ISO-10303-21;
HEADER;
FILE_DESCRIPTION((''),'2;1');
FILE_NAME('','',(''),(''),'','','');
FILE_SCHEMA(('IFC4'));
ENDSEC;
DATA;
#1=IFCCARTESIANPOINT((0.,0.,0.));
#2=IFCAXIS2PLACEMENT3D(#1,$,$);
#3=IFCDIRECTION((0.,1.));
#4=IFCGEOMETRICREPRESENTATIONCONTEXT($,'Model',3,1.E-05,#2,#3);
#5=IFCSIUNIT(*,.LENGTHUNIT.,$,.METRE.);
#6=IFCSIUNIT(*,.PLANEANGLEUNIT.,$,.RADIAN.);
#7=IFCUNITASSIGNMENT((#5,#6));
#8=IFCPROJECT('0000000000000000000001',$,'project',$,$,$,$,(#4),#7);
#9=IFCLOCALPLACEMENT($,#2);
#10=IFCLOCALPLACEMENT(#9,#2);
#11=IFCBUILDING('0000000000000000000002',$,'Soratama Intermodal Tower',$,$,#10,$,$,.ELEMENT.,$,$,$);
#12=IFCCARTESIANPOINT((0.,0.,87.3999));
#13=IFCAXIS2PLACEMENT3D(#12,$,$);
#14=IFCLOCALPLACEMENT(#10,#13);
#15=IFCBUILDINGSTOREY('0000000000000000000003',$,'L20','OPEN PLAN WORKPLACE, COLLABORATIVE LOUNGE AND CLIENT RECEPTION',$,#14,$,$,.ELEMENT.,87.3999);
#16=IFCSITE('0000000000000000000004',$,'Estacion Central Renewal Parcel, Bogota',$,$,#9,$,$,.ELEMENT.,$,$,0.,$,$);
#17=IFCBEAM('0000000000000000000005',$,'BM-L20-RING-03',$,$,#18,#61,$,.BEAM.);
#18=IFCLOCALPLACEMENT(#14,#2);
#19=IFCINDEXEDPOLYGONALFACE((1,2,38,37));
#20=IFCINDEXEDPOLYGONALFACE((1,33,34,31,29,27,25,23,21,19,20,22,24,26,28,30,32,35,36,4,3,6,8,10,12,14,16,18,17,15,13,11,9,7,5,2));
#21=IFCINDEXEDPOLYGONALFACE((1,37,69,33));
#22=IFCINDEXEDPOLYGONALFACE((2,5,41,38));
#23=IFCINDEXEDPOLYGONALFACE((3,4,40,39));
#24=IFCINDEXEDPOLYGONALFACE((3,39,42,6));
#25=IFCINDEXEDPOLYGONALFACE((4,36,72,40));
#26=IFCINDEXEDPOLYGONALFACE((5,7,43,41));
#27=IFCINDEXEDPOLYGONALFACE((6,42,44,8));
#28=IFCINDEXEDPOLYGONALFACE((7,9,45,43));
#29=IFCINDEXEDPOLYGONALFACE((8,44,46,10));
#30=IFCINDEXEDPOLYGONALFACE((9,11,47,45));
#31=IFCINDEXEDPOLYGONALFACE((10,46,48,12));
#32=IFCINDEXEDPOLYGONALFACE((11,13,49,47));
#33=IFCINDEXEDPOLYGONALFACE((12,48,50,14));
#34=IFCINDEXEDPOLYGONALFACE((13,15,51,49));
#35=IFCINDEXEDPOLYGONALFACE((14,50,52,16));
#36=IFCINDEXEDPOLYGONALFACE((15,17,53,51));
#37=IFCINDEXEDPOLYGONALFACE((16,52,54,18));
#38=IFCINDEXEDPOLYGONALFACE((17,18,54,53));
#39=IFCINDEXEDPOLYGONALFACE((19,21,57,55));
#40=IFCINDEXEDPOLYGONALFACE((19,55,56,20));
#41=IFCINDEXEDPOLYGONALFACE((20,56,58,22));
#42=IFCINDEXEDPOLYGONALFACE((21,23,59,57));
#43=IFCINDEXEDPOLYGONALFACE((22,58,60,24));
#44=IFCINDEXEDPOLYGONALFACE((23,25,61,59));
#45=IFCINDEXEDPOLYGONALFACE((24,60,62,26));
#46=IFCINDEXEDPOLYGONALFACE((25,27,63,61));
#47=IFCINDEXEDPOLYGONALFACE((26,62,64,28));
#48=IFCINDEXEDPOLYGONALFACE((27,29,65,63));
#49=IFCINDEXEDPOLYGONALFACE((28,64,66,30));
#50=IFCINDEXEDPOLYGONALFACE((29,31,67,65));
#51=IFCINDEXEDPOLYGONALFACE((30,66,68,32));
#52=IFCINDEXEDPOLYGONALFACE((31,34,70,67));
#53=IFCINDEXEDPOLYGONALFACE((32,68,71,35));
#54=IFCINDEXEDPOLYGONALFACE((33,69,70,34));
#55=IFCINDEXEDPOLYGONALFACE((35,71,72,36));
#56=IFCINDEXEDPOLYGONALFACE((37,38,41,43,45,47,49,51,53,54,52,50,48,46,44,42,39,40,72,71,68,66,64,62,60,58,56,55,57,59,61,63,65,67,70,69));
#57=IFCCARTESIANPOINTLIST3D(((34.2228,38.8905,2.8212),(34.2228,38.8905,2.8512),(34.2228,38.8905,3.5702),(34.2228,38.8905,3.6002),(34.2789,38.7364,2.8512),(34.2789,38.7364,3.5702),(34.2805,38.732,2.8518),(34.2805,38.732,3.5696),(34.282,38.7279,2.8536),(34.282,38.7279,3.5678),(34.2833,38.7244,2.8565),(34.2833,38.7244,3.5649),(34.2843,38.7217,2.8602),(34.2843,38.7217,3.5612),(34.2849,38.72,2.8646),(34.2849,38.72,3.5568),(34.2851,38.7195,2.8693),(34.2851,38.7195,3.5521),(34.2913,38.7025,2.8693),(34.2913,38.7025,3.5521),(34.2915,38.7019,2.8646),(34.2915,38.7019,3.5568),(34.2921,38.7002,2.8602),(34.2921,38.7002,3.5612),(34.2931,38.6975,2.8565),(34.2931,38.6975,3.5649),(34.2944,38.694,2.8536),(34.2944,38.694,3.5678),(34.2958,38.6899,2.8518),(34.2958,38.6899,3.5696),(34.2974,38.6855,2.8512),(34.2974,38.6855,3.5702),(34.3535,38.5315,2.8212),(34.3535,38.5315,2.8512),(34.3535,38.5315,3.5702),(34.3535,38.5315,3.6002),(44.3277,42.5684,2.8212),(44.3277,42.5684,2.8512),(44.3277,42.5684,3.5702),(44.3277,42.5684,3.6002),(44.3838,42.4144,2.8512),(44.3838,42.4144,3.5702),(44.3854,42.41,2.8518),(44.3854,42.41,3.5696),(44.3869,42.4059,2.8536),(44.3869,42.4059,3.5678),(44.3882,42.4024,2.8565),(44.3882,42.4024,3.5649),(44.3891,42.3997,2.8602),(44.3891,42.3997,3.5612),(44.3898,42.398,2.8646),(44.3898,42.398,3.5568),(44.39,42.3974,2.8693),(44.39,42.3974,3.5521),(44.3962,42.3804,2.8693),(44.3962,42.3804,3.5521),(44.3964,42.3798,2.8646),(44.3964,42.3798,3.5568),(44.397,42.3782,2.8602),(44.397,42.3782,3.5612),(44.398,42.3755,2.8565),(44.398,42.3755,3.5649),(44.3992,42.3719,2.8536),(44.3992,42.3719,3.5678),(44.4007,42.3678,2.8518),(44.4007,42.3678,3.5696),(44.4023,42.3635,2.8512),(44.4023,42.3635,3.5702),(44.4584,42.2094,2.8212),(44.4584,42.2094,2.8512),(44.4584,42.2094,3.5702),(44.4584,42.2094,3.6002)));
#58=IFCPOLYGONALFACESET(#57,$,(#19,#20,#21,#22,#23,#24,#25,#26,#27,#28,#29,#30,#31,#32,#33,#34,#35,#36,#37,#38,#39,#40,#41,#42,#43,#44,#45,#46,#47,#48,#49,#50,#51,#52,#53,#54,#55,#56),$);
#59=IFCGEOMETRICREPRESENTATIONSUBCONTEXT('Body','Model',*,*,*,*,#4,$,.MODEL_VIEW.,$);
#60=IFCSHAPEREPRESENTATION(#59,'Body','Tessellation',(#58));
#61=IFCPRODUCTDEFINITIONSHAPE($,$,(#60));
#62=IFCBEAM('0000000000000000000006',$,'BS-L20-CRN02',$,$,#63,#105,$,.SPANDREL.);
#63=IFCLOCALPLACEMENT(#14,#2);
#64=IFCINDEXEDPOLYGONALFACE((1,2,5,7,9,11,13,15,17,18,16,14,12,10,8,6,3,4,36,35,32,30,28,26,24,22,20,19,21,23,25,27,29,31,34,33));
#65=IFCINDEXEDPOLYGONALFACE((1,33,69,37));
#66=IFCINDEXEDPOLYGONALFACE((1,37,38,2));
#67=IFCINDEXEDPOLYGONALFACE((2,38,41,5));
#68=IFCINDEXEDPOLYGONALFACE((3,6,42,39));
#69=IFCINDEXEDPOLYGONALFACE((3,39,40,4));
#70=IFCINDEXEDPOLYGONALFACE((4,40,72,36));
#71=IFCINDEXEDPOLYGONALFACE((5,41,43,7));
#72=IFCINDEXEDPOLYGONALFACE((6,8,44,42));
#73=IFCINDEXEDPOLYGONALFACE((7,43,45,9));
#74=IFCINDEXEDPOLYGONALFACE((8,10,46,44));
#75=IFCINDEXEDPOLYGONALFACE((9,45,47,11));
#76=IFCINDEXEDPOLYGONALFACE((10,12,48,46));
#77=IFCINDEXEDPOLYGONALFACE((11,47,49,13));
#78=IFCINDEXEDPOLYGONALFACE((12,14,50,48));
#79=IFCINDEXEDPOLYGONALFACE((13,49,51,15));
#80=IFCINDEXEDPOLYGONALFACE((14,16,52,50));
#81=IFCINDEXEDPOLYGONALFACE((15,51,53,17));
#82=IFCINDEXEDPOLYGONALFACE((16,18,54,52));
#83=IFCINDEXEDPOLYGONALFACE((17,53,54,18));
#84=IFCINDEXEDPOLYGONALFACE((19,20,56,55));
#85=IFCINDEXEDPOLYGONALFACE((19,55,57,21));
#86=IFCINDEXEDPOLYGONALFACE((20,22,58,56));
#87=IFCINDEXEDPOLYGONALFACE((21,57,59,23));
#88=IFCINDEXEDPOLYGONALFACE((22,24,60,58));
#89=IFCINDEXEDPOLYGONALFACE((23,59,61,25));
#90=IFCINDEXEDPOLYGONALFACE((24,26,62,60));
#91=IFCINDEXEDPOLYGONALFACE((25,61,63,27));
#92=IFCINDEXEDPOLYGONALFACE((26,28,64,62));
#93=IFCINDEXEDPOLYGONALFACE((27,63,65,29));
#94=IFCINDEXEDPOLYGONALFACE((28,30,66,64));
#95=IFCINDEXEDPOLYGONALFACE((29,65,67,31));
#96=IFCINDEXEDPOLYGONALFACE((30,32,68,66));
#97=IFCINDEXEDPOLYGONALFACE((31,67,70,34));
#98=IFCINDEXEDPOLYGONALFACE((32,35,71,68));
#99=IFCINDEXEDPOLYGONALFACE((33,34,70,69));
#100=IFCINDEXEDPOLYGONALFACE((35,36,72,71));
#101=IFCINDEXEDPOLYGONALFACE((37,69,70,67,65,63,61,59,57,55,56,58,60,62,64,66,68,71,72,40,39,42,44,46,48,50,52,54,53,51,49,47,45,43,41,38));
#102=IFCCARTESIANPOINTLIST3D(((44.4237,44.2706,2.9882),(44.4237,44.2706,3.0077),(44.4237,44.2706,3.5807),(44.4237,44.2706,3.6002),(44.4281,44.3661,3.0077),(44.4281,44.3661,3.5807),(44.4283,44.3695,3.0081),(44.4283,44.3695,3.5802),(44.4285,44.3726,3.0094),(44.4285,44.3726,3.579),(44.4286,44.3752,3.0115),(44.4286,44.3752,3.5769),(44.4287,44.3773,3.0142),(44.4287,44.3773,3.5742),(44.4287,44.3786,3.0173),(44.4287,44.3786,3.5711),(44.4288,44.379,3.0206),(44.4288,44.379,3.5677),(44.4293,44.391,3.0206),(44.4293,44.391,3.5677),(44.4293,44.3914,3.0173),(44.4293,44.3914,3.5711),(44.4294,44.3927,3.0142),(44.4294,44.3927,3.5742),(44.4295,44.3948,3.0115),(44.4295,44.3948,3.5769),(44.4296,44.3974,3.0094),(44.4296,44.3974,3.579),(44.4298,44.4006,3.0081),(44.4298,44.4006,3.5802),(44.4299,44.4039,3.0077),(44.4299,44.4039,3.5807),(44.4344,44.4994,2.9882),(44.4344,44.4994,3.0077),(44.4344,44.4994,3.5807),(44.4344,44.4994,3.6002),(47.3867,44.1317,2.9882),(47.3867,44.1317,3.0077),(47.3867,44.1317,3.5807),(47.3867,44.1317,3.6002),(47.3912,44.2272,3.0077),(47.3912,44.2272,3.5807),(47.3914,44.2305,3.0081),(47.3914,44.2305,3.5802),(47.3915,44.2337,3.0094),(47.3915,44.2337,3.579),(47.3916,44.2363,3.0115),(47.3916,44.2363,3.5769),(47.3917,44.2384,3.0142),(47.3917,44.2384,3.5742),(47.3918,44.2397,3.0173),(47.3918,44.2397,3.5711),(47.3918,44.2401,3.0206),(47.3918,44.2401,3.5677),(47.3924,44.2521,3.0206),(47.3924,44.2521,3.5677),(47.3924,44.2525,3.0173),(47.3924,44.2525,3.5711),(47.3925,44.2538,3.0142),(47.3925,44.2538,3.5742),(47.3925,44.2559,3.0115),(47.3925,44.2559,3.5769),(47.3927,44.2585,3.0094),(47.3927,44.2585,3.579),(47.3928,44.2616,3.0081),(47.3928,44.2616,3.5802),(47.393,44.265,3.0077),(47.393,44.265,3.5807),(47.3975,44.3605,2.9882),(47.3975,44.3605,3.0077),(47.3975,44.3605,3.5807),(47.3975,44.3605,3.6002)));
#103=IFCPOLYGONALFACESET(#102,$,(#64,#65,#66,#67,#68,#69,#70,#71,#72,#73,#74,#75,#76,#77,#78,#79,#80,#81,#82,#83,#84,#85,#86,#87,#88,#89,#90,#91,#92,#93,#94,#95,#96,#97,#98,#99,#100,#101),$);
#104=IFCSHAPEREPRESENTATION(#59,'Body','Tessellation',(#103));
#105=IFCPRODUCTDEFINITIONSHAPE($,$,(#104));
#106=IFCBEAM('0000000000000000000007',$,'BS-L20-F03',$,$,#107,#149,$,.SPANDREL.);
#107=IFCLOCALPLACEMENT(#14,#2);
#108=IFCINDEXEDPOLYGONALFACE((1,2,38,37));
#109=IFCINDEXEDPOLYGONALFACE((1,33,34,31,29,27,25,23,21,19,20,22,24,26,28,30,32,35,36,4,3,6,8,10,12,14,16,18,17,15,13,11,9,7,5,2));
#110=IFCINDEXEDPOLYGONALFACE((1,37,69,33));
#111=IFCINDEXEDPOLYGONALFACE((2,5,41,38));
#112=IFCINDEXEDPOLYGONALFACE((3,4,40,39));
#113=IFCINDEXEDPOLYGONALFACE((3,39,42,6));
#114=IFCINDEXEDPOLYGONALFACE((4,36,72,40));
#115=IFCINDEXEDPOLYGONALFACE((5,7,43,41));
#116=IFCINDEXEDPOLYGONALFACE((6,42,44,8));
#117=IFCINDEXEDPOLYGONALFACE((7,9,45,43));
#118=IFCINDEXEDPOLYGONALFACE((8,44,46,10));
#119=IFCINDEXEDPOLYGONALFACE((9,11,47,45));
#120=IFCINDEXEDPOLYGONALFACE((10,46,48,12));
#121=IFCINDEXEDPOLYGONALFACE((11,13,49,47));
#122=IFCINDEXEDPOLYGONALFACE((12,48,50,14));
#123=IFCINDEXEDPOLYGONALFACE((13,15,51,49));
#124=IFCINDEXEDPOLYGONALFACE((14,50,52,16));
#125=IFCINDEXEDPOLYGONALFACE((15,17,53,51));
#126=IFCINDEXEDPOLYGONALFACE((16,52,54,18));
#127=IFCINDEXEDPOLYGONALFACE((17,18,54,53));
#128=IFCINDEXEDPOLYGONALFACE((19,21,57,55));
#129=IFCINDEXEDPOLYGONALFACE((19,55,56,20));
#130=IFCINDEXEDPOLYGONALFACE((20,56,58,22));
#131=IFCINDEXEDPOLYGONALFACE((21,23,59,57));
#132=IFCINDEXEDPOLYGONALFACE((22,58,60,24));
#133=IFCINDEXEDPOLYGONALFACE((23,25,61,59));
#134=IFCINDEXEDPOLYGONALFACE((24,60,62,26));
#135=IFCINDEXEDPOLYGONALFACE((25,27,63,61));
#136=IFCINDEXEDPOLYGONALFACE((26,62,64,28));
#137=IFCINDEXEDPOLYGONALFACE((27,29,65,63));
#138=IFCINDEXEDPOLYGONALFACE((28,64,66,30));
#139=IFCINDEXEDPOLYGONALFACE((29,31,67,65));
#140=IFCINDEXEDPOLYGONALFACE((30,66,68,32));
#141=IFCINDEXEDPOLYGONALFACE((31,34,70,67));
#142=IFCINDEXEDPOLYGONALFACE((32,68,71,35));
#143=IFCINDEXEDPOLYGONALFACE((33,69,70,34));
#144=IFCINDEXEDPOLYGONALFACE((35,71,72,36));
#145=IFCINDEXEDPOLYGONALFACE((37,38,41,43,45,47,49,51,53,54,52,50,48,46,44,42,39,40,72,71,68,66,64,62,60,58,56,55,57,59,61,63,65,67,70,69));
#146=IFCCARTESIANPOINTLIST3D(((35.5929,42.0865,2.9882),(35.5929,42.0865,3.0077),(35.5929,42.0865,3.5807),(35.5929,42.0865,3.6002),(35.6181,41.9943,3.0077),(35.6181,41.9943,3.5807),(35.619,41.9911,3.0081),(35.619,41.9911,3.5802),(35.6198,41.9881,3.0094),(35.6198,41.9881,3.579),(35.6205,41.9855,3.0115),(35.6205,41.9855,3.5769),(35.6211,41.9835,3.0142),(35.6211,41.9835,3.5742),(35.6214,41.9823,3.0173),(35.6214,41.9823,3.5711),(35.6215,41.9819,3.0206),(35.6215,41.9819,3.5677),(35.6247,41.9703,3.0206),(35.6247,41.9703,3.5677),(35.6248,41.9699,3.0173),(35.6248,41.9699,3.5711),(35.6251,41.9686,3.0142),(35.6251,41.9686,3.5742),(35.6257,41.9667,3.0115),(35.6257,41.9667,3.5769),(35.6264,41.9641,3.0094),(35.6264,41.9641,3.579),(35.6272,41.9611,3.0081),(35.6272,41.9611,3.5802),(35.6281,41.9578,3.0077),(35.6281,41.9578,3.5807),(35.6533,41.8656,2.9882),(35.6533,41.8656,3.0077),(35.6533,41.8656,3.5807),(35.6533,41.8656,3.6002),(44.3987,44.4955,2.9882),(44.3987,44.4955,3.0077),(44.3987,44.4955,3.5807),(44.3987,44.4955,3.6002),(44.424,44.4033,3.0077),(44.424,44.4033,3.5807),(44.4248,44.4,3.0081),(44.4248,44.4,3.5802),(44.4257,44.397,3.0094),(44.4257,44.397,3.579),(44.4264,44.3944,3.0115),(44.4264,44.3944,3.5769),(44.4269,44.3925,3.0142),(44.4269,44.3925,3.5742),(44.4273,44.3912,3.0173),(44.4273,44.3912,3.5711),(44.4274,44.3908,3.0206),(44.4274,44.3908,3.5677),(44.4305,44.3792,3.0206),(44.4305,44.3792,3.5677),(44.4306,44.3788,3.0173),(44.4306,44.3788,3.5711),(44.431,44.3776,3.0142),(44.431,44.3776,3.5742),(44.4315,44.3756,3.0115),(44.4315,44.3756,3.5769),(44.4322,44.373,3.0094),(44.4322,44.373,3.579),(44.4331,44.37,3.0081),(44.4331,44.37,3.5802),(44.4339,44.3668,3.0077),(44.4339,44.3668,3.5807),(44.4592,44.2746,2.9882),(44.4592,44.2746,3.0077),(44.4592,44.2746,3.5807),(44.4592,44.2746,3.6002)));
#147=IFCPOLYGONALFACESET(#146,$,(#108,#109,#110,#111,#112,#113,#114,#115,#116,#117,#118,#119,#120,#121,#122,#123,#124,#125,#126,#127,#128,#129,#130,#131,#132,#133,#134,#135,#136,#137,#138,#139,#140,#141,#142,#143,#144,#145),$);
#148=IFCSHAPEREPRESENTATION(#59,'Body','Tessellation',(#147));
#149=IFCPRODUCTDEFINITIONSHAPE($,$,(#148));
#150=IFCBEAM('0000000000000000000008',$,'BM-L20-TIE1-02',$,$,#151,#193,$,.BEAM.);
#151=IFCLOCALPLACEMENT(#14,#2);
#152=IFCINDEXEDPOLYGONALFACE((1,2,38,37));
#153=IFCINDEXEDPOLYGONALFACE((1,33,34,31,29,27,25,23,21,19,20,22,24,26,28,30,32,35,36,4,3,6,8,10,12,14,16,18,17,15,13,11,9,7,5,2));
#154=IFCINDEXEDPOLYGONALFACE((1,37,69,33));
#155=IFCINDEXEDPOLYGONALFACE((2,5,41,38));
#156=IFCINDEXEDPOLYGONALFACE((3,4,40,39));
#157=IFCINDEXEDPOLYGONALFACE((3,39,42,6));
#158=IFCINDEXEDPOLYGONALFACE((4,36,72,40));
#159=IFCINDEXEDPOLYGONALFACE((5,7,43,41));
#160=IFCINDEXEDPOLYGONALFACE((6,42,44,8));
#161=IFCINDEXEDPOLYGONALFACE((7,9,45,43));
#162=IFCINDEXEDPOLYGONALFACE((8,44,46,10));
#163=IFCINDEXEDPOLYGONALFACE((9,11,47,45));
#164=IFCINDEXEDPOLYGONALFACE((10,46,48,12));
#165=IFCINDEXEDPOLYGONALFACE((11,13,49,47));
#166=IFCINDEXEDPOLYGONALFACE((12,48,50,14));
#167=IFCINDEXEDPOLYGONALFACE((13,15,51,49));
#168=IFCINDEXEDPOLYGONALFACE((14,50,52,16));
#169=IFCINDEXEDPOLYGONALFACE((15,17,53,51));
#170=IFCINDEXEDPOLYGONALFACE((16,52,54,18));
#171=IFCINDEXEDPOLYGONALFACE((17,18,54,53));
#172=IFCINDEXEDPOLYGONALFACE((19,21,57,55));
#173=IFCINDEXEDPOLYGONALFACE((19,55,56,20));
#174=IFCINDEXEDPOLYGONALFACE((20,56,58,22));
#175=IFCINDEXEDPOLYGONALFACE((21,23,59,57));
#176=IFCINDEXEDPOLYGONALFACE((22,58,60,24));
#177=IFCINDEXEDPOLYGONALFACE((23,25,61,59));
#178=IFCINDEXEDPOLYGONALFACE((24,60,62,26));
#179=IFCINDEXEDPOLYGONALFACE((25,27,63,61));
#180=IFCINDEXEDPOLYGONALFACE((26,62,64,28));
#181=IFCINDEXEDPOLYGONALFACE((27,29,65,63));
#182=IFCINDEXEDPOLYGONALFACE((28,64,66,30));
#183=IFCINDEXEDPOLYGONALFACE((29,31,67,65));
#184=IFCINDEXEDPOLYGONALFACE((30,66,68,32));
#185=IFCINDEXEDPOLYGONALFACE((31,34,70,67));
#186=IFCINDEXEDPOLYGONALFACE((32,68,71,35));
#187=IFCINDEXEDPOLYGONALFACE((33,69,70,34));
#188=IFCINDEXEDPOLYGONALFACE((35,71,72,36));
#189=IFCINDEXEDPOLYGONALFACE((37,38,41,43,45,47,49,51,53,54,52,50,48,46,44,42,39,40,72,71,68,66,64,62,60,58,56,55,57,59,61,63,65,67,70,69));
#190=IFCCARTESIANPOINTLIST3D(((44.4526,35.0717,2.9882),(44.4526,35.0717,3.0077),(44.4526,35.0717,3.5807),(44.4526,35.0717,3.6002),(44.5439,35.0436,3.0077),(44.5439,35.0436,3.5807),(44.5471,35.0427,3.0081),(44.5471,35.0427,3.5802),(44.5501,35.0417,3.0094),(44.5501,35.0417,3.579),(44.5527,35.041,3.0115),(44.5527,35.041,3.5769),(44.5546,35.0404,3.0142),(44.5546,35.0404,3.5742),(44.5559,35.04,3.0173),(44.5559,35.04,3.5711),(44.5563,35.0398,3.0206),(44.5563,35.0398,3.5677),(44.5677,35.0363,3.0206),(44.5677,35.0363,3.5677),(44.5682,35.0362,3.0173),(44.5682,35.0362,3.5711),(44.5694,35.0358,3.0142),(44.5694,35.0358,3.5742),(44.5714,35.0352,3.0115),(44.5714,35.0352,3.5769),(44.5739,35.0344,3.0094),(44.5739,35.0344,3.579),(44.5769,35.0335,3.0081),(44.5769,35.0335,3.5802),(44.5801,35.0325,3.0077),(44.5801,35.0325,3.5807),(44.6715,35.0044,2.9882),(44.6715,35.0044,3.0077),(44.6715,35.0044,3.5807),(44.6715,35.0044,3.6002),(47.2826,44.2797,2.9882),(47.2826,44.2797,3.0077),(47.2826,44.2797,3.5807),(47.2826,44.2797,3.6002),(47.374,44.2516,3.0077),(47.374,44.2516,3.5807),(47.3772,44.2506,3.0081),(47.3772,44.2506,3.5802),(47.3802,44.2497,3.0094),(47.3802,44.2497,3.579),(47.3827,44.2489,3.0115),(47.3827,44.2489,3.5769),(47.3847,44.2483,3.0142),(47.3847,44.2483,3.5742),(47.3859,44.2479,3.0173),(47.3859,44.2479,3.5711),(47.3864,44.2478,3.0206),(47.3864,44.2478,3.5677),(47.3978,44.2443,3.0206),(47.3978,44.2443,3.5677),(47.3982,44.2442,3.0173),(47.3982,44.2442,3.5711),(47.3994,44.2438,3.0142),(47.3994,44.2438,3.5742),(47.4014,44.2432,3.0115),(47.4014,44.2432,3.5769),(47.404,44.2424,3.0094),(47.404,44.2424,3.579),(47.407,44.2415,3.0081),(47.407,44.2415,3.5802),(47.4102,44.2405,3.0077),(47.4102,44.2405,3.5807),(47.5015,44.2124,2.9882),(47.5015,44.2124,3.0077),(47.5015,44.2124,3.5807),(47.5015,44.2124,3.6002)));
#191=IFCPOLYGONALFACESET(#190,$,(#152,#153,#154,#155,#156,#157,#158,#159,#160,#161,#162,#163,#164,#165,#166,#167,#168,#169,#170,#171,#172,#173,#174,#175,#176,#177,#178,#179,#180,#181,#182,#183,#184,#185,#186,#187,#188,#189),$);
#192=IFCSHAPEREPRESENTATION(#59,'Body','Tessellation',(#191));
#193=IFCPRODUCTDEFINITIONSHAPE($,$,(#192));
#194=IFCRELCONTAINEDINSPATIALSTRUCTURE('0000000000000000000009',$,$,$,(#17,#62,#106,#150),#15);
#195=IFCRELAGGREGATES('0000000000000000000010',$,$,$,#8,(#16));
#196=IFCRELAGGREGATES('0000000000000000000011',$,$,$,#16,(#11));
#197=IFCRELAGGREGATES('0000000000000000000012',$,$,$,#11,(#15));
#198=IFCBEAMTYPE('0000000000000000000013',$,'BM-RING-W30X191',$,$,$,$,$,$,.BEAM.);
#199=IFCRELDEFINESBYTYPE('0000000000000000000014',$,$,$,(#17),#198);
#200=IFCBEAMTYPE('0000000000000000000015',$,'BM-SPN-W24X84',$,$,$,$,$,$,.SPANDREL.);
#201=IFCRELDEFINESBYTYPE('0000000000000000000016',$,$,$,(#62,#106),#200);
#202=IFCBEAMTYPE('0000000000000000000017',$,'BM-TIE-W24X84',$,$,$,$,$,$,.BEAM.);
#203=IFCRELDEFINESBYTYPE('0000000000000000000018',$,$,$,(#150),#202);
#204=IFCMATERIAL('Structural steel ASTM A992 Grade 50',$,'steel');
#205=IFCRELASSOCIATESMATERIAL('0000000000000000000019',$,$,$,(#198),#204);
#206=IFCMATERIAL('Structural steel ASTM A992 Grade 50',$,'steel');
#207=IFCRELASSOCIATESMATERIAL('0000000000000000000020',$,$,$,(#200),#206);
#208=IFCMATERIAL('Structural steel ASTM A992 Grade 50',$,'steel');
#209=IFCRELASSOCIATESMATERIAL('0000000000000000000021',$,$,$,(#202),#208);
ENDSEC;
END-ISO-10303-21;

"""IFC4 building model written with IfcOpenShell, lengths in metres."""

from ifc_helpers import new_model, si_unit, direction, frame, origin, origin_2d, place, context, subcontext, project, spatial, i_section, extrude, material, material_profile, profile_set, type_object, element, save


model = new_model("IFC4")

# Units and contexts
model_context = context("Model", 3, precision=1e-05, world=origin(), true_north=direction((0.0, 1.0)))
body_context = subcontext(model_context, "Body", "Model", "MODEL_VIEW")
ifc_project = project(units=[si_unit("LENGTHUNIT", "METRE"), si_unit("PLANEANGLEUNIT", "RADIAN")], contexts=[model_context])

# Site, building, storey
site_placement = place(None, origin())
site = spatial("IfcSite", under=ifc_project, at=site_placement, Name="Estacion Central Renewal Parcel, Bogota", CompositionType="ELEMENT", RefElevation=0.0)
building_placement = place(site_placement, origin())
building = spatial("IfcBuilding", under=site, at=building_placement, Name="Soratama Intermodal Tower", CompositionType="ELEMENT")
storey_placement = place(building_placement, frame((0.0, 0.0, 87.3999)))
storey = spatial("IfcBuildingStorey", under=building, at=storey_placement, Name="L20", Description="OPEN PLAN WORKPLACE, COLLABORATIVE LOUNGE AND CLIENT RECEPTION", CompositionType="ELEMENT", Elevation=87.3999)

# Beams
ifc_material_1 = material(Name="Structural steel ASTM A992 Grade 50", Category="steel")
ifc_material_profile_1 = material_profile(ifc_material_1, i_section(OverallWidth=0.3821, OverallDepth=0.7791, WebThickness=0.0181, FlangeThickness=0.03, FilletRadius=0.0181, at=origin_2d()), Name="W30X191")
ifc_profile_set_1 = profile_set([ifc_material_profile_1], Name="Structural steel ASTM A992 Grade 50")
beam_type_1 = type_object("IfcBeamType", Name="BM-RING-W30X191", PredefinedType="BEAM", material=ifc_profile_set_1)
beam_1_placement = place(storey_placement, frame((44.3931, 42.3889, 3.2107), z_axis=(-0.939691, -0.342026, 0.0), x_axis=(0.342026, -0.939691, 0.0)))
element("IfcBeam", 1, at=beam_1_placement, inside=storey, type_object=beam_type_1, Name="BM-L20-RING-03", PredefinedType="BEAM", context=body_context, shape_type="SweptSolid", body=[
    extrude(i_section(OverallWidth=0.3821, OverallDepth=0.7791, WebThickness=0.0181, FlangeThickness=0.03, FilletRadius=0.0181, at=origin_2d()), origin(), (0.0, 0.0, 1.0), 10.7534),
])
ifc_material_2 = material(Name="Structural steel ASTM A992 Grade 50", Category="steel")
ifc_material_profile_2 = material_profile(ifc_material_2, i_section(OverallWidth=0.229, OverallDepth=0.6121, WebThickness=0.012, FlangeThickness=0.0195, FilletRadius=0.0129, at=origin_2d()), Name="W24X84")
ifc_profile_set_2 = profile_set([ifc_material_profile_2], Name="Structural steel ASTM A992 Grade 50")
beam_type_2 = type_object("IfcBeamType", Name="BM-SPN-W24X84", PredefinedType="SPANDREL", material=ifc_profile_set_2)
beam_2_placement = place(storey_placement, frame((47.3921, 44.2461, 3.2942), z_axis=(-0.998903, 0.04683, 0.0), x_axis=(-0.04683, -0.998903, 0.0)))
element("IfcBeam", 2, at=beam_2_placement, inside=storey, type_object=beam_type_2, Name="BS-L20-CRN02", PredefinedType="SPANDREL", context=body_context, shape_type="SweptSolid", body=[
    extrude(i_section(OverallWidth=0.229, OverallDepth=0.6121, WebThickness=0.012, FlangeThickness=0.0195, FilletRadius=0.0129, at=origin_2d()), origin(), (0.0, 0.0, 1.0), 2.9663),
])
beam_3_placement = place(storey_placement, frame((44.429, 44.385, 3.2942), z_axis=(-0.96456, -0.263864, 0.0), x_axis=(0.263864, -0.96456, 0.0)))
element("IfcBeam", 3, at=beam_3_placement, inside=storey, type_object=beam_type_2, Name="BS-L20-F03", PredefinedType="SPANDREL", context=body_context, shape_type="SweptSolid", body=[
    extrude(i_section(OverallWidth=0.229, OverallDepth=0.6121, WebThickness=0.012, FlangeThickness=0.0195, FilletRadius=0.0129, at=origin_2d()), origin(), (0.0, 0.0, 1.0), 9.1294),
])
ifc_material_3 = material(Name="Structural steel ASTM A992 Grade 50", Category="steel")
ifc_material_profile_3 = material_profile(ifc_material_3, i_section(OverallWidth=0.229, OverallDepth=0.6121, WebThickness=0.012, FlangeThickness=0.0195, FilletRadius=0.0129, at=origin_2d()), Name="W24X84")
ifc_profile_set_3 = profile_set([ifc_material_profile_3], Name="Structural steel ASTM A992 Grade 50")
beam_type_3 = type_object("IfcBeamType", Name="BM-TIE-W24X84", PredefinedType="BEAM", material=ifc_profile_set_3)
beam_4_placement = place(storey_placement, frame((44.562, 35.0381, 3.2942), z_axis=(0.293787, 0.955871, 0.0), x_axis=(-0.955871, 0.293787, 0.0)))
element("IfcBeam", 4, at=beam_4_placement, inside=storey, type_object=beam_type_3, Name="BM-L20-TIE1-02", PredefinedType="BEAM", context=body_context, shape_type="SweptSolid", body=[
    extrude(i_section(OverallWidth=0.229, OverallDepth=0.6121, WebThickness=0.012, FlangeThickness=0.0195, FilletRadius=0.0129, at=origin_2d()), origin(), (0.0, 0.0, 1.0), 9.6331),
])

save(model, "model.ifc")
